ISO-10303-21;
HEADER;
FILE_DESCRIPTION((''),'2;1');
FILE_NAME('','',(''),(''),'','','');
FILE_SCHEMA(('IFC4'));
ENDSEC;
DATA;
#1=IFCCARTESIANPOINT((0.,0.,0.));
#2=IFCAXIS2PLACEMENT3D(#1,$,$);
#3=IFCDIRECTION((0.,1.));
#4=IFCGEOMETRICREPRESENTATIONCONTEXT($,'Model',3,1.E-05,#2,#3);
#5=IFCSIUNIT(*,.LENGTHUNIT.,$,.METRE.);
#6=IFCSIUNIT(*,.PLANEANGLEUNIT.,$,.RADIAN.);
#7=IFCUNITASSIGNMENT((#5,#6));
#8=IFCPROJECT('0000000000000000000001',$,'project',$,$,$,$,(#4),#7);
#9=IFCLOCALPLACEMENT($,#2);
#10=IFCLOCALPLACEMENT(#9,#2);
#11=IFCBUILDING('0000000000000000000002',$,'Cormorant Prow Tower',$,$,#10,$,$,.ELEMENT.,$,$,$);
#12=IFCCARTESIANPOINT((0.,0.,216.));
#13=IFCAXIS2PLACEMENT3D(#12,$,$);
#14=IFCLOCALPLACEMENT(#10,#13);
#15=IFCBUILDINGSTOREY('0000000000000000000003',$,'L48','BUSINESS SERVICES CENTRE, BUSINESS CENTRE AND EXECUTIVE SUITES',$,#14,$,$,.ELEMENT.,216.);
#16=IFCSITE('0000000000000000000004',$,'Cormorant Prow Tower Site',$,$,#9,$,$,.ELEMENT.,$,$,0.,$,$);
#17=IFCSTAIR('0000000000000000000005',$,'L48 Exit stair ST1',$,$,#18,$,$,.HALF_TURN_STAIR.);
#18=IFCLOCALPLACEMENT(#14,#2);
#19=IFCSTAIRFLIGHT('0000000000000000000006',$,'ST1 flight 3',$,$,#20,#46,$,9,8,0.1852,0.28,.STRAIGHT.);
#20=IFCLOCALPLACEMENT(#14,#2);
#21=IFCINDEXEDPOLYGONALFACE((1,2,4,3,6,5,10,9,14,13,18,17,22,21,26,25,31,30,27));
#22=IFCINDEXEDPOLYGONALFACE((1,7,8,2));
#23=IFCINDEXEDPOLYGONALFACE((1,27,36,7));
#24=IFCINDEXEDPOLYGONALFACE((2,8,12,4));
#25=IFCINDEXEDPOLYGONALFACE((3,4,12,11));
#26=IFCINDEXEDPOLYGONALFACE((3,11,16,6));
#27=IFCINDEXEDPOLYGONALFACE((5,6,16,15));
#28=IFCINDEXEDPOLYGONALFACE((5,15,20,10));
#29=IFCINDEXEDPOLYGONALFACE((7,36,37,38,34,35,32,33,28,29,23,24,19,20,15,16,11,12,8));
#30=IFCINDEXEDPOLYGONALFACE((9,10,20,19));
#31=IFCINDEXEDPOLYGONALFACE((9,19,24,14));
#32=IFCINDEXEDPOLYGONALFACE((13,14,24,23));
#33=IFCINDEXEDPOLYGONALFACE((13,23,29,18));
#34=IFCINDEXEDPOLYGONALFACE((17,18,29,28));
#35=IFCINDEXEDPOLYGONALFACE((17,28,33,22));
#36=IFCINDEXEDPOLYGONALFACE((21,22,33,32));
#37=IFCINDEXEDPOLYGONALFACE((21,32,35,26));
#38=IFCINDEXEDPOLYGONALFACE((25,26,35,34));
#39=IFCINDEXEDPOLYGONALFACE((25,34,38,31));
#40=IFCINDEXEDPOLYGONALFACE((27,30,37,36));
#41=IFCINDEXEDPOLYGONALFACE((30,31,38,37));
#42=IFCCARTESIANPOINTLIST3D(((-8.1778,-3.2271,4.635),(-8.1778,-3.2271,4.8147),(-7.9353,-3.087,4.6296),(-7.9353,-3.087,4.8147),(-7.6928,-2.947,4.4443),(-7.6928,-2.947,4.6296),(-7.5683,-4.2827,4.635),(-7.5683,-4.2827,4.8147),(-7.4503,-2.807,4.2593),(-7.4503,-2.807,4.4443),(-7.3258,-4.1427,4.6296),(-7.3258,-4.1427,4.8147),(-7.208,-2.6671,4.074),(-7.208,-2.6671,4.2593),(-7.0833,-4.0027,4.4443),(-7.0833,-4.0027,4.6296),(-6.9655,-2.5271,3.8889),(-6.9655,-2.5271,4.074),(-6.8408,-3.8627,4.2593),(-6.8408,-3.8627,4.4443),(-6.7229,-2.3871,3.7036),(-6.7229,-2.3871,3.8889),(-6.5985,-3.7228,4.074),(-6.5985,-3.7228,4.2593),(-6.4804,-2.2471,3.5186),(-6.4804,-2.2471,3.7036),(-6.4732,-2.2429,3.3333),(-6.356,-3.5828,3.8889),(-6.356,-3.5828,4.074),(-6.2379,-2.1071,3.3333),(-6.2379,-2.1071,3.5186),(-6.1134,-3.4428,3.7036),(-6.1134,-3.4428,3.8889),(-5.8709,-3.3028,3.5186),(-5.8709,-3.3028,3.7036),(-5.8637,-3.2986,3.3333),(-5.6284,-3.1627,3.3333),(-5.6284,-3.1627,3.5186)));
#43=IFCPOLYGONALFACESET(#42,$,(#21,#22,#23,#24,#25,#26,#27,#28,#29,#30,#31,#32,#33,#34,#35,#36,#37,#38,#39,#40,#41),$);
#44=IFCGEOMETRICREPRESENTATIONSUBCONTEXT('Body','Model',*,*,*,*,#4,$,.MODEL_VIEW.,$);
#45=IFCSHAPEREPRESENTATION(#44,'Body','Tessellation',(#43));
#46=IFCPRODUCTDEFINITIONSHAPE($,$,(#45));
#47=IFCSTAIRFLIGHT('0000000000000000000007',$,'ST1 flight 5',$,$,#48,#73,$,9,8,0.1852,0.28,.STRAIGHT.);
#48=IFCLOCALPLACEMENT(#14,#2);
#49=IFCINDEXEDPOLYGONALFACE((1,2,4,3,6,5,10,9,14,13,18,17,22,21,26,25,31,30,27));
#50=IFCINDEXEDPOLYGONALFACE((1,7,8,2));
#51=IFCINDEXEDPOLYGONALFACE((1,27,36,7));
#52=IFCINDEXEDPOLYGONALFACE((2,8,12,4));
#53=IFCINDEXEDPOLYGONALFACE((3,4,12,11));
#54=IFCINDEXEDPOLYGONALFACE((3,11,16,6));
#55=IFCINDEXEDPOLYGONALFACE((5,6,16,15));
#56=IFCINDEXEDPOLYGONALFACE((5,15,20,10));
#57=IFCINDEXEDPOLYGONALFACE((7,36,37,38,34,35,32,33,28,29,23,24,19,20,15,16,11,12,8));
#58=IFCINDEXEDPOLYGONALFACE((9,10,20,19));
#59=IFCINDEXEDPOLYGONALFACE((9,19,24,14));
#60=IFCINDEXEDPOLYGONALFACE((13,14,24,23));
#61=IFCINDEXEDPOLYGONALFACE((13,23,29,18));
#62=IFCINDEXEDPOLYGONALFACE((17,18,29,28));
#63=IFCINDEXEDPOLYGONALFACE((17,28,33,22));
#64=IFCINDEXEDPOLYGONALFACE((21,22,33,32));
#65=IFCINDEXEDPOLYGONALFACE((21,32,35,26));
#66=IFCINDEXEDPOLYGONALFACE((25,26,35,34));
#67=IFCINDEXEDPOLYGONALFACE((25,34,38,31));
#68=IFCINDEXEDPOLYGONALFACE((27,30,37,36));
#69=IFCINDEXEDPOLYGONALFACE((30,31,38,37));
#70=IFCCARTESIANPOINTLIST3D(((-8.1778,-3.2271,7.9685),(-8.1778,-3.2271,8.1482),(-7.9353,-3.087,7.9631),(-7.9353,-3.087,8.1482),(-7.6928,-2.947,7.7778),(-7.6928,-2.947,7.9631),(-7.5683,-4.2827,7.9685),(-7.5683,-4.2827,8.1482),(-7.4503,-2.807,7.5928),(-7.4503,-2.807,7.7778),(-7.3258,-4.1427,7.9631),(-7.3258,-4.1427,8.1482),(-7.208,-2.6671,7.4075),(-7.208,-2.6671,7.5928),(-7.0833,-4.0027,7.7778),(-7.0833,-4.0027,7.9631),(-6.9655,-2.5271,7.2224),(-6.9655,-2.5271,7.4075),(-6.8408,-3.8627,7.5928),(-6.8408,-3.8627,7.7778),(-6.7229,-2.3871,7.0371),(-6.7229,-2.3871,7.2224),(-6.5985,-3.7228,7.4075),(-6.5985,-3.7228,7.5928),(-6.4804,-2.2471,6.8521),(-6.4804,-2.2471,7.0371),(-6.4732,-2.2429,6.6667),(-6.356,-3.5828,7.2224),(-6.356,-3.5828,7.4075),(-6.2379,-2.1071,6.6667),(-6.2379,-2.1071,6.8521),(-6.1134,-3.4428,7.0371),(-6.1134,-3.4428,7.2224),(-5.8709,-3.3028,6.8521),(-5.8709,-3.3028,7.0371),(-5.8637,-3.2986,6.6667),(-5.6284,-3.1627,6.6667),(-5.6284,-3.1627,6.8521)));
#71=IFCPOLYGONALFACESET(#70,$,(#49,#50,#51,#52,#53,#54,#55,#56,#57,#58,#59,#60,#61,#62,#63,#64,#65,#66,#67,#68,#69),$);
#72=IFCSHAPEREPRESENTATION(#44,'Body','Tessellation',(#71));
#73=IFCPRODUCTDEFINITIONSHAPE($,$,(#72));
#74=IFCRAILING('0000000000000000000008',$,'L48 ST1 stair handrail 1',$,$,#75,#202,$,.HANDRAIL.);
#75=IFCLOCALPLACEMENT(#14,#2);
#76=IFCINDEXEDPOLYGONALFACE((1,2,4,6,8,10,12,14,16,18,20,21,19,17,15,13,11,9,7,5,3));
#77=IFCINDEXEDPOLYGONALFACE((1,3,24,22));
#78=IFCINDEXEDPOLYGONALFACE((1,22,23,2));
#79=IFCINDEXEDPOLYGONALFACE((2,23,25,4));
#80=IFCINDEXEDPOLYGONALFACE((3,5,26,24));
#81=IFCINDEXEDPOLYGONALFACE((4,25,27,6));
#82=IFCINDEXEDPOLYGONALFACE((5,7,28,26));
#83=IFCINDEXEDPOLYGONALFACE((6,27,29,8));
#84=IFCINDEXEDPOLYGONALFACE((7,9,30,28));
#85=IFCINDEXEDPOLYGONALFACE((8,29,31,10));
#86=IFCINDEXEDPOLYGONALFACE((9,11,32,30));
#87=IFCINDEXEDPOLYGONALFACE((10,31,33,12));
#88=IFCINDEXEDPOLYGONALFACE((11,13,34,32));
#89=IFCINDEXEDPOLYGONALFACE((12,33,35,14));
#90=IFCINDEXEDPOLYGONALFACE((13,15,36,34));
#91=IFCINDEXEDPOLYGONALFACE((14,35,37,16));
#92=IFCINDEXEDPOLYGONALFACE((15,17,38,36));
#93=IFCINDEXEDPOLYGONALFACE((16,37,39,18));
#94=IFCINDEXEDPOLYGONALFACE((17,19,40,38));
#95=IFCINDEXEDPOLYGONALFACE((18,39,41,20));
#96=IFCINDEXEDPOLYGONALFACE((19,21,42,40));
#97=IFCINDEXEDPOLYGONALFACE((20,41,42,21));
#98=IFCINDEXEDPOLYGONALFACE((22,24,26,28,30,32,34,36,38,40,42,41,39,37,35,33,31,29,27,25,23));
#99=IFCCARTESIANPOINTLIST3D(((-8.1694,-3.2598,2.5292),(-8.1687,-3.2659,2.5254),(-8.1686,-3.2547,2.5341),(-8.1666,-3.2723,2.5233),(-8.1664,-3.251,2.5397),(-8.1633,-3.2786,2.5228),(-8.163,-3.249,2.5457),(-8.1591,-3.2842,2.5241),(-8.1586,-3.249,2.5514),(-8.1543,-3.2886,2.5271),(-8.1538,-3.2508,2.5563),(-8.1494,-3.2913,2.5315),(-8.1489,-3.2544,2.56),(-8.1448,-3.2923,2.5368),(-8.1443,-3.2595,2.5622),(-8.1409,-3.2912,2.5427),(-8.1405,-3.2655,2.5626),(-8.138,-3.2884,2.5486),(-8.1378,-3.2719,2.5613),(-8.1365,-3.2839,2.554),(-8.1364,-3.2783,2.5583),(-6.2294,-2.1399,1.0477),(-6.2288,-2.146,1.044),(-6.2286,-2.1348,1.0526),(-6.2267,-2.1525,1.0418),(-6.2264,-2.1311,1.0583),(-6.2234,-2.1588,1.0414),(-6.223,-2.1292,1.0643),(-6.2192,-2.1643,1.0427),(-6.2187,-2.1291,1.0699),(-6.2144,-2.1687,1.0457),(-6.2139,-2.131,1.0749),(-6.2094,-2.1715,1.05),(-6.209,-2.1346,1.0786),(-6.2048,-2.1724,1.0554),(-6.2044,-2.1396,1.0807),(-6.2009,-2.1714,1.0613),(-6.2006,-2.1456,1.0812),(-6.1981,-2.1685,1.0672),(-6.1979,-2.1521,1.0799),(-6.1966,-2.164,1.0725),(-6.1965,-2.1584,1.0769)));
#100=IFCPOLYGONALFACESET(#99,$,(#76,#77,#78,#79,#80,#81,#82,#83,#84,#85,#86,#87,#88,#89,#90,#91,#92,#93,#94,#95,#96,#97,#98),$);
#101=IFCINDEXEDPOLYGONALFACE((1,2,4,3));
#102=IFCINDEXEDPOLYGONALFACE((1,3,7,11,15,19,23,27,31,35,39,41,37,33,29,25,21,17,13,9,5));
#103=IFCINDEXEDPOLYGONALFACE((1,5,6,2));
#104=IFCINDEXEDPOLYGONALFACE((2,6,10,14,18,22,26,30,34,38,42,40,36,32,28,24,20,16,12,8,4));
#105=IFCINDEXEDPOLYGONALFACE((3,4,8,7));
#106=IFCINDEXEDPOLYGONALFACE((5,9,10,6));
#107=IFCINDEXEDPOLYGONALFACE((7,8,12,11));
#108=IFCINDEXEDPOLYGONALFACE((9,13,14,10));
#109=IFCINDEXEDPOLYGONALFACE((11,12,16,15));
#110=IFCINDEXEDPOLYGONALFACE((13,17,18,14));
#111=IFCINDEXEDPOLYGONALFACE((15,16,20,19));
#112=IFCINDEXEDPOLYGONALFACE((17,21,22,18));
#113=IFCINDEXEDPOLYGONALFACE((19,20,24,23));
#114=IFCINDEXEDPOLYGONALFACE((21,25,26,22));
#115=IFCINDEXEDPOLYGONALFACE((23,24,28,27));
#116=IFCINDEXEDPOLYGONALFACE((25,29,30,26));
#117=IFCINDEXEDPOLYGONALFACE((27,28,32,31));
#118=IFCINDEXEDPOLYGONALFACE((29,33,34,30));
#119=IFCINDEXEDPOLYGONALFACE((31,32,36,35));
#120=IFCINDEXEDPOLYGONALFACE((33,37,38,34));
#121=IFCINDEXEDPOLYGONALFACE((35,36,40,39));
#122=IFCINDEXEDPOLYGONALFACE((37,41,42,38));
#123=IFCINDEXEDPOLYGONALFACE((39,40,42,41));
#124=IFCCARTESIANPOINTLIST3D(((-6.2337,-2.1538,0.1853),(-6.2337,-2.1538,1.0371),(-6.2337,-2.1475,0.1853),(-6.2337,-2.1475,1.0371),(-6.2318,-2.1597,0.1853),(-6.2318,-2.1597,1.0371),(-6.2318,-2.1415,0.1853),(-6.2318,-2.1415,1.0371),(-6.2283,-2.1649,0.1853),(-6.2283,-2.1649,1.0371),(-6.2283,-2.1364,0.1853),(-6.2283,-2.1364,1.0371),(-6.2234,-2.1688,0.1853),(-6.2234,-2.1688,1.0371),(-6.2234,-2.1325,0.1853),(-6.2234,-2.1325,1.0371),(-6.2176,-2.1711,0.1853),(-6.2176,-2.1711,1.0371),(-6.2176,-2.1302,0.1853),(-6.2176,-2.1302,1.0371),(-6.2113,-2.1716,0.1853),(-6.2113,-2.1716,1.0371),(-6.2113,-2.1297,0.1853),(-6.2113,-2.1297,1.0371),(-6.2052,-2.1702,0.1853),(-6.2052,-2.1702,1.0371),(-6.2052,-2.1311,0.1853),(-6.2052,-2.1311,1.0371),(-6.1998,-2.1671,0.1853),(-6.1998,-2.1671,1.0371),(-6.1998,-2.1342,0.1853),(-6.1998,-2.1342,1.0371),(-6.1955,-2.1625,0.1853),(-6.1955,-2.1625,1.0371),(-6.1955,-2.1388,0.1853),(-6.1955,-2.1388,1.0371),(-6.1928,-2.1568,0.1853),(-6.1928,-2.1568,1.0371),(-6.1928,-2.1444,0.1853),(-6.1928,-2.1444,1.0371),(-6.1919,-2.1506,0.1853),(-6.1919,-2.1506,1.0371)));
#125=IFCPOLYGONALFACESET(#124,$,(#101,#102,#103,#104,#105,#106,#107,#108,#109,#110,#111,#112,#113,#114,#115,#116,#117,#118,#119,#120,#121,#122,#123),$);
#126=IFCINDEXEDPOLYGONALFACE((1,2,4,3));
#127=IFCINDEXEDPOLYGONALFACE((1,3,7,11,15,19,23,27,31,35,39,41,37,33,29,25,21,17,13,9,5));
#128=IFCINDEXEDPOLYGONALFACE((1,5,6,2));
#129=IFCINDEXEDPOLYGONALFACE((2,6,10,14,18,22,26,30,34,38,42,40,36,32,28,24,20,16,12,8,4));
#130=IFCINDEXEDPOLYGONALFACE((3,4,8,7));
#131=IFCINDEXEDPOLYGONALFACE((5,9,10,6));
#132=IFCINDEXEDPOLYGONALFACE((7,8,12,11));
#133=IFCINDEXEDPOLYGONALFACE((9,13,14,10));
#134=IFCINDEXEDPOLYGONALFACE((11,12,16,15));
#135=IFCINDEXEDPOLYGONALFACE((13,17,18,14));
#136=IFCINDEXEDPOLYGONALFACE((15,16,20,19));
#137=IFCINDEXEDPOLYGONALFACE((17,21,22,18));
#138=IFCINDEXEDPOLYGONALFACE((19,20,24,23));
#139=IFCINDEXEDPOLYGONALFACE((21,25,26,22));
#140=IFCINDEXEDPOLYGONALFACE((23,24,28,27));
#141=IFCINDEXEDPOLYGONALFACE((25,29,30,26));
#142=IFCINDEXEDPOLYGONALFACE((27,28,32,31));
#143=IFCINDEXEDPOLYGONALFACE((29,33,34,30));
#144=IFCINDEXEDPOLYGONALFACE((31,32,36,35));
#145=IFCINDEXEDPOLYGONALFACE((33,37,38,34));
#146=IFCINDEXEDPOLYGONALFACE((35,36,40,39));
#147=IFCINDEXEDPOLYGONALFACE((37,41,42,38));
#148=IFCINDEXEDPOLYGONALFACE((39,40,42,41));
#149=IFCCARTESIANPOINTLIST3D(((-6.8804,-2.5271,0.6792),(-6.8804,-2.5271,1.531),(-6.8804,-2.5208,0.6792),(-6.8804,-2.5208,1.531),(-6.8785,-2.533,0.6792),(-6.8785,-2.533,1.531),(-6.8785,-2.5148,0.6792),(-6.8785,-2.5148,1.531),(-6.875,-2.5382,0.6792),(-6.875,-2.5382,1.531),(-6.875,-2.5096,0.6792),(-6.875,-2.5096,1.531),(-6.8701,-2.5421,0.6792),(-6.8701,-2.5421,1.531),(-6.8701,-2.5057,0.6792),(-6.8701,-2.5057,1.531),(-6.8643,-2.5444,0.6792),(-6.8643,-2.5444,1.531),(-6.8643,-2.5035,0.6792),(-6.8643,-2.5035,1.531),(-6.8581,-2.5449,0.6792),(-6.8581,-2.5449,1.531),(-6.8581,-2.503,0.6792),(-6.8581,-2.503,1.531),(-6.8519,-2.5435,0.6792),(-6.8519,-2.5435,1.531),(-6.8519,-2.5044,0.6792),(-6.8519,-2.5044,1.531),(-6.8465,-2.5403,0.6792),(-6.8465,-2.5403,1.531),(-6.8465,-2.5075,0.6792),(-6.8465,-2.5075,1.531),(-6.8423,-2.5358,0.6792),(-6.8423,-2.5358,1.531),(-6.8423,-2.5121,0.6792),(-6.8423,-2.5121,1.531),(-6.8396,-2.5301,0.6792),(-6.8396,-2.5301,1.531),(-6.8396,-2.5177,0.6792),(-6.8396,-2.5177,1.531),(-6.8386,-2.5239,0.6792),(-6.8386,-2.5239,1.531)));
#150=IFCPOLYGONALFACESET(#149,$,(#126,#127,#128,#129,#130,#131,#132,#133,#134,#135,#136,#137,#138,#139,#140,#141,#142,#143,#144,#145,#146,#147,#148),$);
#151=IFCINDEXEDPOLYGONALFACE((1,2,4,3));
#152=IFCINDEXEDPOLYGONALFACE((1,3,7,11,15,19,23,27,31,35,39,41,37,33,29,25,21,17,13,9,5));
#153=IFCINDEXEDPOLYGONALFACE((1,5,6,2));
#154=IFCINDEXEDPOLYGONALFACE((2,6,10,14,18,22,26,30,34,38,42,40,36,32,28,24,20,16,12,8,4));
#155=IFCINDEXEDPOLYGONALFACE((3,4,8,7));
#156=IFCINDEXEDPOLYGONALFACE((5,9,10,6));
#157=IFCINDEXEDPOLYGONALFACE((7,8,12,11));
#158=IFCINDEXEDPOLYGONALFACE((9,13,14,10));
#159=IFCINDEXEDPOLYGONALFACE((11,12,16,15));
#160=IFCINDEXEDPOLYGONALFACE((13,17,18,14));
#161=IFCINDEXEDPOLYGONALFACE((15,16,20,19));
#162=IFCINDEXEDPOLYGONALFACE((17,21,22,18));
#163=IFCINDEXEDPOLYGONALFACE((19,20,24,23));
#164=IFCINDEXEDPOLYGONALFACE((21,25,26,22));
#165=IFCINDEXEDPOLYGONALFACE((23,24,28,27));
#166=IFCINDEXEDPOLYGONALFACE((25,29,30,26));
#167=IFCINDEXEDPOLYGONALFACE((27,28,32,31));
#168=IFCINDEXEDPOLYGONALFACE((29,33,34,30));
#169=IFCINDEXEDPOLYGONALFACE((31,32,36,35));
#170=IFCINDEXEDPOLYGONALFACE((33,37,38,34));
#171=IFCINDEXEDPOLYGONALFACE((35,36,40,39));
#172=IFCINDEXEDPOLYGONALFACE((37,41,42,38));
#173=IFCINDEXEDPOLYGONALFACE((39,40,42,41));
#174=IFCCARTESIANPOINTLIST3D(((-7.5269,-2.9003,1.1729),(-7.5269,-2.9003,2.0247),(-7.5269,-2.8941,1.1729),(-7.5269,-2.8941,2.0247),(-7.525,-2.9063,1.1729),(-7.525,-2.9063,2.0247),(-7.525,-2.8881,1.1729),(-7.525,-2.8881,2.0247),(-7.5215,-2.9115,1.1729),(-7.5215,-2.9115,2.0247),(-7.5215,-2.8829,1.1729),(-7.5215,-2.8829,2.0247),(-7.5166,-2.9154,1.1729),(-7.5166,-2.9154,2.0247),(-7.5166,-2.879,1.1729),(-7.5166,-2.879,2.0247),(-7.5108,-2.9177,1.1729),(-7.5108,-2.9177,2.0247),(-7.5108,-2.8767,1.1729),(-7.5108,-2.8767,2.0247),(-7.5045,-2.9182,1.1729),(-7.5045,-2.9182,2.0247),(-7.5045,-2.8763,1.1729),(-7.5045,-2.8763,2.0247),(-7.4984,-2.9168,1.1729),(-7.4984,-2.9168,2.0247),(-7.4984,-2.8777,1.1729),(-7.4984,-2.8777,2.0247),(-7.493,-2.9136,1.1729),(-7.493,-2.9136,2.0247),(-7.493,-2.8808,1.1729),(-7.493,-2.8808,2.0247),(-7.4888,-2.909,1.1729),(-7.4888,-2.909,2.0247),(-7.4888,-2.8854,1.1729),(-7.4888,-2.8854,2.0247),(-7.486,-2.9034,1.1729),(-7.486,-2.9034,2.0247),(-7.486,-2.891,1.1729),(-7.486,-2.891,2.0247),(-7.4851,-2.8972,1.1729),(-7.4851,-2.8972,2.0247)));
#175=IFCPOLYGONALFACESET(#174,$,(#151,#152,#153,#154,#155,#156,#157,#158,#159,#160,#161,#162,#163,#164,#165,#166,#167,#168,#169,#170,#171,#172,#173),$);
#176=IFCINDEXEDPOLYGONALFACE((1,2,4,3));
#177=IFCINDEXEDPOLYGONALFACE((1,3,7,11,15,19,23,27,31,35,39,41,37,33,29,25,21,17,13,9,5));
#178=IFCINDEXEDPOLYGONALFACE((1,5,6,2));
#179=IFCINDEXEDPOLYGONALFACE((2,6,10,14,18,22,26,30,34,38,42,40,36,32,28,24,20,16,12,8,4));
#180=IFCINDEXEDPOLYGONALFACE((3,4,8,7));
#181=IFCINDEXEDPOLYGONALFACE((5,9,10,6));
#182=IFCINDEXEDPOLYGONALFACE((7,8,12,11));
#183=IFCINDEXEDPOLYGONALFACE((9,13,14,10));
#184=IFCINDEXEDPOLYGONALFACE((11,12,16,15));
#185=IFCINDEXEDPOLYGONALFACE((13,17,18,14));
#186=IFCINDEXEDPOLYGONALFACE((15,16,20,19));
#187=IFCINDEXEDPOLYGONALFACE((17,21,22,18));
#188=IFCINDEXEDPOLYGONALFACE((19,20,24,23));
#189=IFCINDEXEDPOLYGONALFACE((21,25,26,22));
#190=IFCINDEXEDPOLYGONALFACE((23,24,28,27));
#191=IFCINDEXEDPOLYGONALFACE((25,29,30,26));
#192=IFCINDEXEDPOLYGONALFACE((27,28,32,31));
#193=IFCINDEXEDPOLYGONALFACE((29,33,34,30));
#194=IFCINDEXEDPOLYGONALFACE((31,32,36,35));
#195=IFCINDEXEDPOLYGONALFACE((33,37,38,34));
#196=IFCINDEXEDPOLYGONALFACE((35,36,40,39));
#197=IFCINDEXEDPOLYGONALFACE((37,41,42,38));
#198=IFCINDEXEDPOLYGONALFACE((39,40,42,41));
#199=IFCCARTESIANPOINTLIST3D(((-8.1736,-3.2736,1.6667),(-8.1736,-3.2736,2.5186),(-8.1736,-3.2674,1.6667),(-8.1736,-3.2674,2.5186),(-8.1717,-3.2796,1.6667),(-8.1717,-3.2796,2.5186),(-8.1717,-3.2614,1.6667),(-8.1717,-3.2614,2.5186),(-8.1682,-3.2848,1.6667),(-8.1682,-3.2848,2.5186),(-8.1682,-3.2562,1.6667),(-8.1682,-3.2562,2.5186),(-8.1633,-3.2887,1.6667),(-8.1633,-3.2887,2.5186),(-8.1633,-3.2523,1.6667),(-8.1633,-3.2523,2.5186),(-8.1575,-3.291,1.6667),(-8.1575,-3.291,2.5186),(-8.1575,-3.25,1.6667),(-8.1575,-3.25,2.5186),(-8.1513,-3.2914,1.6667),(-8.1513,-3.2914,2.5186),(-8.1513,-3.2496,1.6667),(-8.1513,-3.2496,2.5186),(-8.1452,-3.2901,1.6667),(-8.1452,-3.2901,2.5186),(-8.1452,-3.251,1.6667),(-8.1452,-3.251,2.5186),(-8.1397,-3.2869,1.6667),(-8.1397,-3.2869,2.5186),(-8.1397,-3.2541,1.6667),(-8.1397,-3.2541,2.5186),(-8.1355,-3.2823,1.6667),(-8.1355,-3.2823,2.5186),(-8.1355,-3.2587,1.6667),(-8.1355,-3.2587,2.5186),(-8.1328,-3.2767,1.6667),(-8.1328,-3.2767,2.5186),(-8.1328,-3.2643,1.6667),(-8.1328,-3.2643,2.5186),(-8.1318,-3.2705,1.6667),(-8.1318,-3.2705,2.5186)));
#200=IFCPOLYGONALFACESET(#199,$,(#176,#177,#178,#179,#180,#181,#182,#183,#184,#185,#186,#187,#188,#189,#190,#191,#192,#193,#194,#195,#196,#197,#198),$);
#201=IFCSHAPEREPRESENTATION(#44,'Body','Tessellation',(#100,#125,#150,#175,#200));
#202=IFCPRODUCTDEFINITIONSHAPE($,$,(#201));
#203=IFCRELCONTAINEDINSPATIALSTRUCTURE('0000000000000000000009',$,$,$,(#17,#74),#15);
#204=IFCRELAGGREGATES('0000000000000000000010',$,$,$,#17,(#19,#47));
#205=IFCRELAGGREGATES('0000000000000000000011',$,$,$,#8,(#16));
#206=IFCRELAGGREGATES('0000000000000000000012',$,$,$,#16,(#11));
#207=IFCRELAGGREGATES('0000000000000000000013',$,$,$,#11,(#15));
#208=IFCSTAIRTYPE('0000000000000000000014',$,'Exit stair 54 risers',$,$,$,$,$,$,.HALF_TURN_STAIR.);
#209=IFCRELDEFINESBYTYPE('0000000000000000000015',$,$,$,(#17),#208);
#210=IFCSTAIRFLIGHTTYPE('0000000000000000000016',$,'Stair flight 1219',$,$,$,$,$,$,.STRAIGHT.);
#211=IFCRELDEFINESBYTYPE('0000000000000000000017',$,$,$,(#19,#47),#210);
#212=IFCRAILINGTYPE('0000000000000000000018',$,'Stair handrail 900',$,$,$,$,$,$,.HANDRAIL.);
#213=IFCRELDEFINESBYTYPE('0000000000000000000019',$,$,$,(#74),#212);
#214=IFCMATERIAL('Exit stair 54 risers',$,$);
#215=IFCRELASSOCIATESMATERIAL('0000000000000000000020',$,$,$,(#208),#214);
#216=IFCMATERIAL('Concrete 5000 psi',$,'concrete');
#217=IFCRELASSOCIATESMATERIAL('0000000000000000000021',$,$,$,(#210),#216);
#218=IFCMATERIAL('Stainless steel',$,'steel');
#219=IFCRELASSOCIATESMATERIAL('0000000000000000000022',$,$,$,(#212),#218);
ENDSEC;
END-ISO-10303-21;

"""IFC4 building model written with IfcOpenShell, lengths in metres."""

from ifc_helpers import new_model, si_unit, direction, frame, origin, origin_2d, place, context, subcontext, project, spatial, polyline, circle, outline, extrude, material, type_object, element, aggregate, save


model = new_model("IFC4")

# Units and contexts
model_context = context("Model", 3, precision=1e-05, world=origin(), true_north=direction((0.0, 1.0)))
body_context = subcontext(model_context, "Body", "Model", "MODEL_VIEW")
ifc_project = project(units=[si_unit("LENGTHUNIT", "METRE"), si_unit("PLANEANGLEUNIT", "RADIAN")], contexts=[model_context])

# Site, building, storey
site_placement = place(None, origin())
site = spatial("IfcSite", under=ifc_project, at=site_placement, Name="Cormorant Prow Tower Site", CompositionType="ELEMENT", RefElevation=0.0)
building_placement = place(site_placement, origin())
building = spatial("IfcBuilding", under=site, at=building_placement, Name="Cormorant Prow Tower", CompositionType="ELEMENT")
storey_placement = place(building_placement, frame((0.0, 0.0, 216.0)))
storey = spatial("IfcBuildingStorey", under=building, at=storey_placement, Name="L48", Description="BUSINESS SERVICES CENTRE, BUSINESS CENTRE AND EXECUTIVE SUITES", CompositionType="ELEMENT", Elevation=216.0)

# Stair, stair flights
ifc_material_1 = material(Name="Exit stair 54 risers")
stair_type = type_object("IfcStairType", Name="Exit stair 54 risers", PredefinedType="HALF_TURN_STAIR", material=ifc_material_1)
stair_placement = place(storey_placement, origin())
stair = element("IfcStair", 1, at=stair_placement, inside=storey, type_object=stair_type, Name="L48 Exit stair ST1", PredefinedType="HALF_TURN_STAIR")
ifc_material_2 = material(Name="Concrete 5000 psi", Category="concrete")
stair_flight_type = type_object("IfcStairFlightType", Name="Stair flight 1219", PredefinedType="STRAIGHT", material=ifc_material_2)
stair_flight_1_placement = place(storey_placement, frame((-5.9331, -2.635, 3.3333), z_axis=(0.0, 0.0, 1.0), x_axis=(-0.866025, -0.5, 0.0)))
stair_flight_1 = element("IfcStairFlight", 2, at=stair_flight_1_placement, type_object=stair_flight_type, Name="ST1 flight 3", NumberOfRisers=9, NumberOfTreads=8, PredefinedType="STRAIGHT", RiserHeight=0.1852, TreadLength=0.28, context=body_context, shape_type="SweptSolid", body=[
    extrude(outline(polyline([(0.0, 0.0), (0.0, 0.1853), (0.28, 0.1853), (0.28, 0.3704), (0.5601, 0.3704), (0.5601, 0.5557), (0.8401, 0.5557), (0.8401, 0.7407), (1.1201, 0.7407), (1.1201, 0.926), (1.3999, 0.926), (1.3999, 1.1111), (1.6799, 1.1111), (1.6799, 1.2964), (1.96, 1.2964), (1.96, 1.4814), (2.24, 1.4814), (2.24, 1.6667), (2.24, 1.3018), (0.2717, 0.0), (0.0, 0.0)])), frame((0.0, 0.6094, 0.0), z_axis=(0.0, -1.0, 0.0), x_axis=(1.0, 0.0, 0.0)), (0.0, 0.0, 1.0), 1.219),
])
stair_flight_2_placement = place(storey_placement, frame((-5.9331, -2.635, 6.6667), z_axis=(0.0, 0.0, 1.0), x_axis=(-0.866025, -0.5, 0.0)))
stair_flight_2 = element("IfcStairFlight", 3, at=stair_flight_2_placement, type_object=stair_flight_type, Name="ST1 flight 5", NumberOfRisers=9, NumberOfTreads=8, PredefinedType="STRAIGHT", RiserHeight=0.1852, TreadLength=0.28, context=body_context, shape_type="SweptSolid", body=[
    extrude(outline(polyline([(0.0, 0.0), (0.0, 0.1853), (0.28, 0.1853), (0.28, 0.3704), (0.5601, 0.3704), (0.5601, 0.5557), (0.8401, 0.5557), (0.8401, 0.7407), (1.1201, 0.7407), (1.1201, 0.926), (1.3999, 0.926), (1.3999, 1.1111), (1.6799, 1.1111), (1.6799, 1.2964), (1.96, 1.2964), (1.96, 1.4814), (2.24, 1.4814), (2.24, 1.6667), (2.24, 1.3018), (0.2717, 0.0), (0.0, 0.0)])), frame((0.0, 0.6094, 0.0), z_axis=(0.0, -1.0, 0.0), x_axis=(1.0, 0.0, 0.0)), (0.0, 0.0, 1.0), 1.219),
])
aggregate(stair, [stair_flight_1, stair_flight_2])

# Railing
ifc_material_3 = material(Name="Stainless steel", Category="steel")
railing_type_1 = type_object("IfcRailingType", Name="Stair handrail 900", PredefinedType="HANDRAIL", material=ifc_material_3)
for number, where, name in (
    (4, (-6.2129, -2.1506, 0.1853), "L48 ST1 stair handrail 1"),
):
    element("IfcRailing", number, at=place(storey_placement, frame(where)), inside=storey, type_object=railing_type_1, Name=name, PredefinedType="HANDRAIL", context=body_context, shape_type="SweptSolid", body=[
        extrude(circle(Radius=0.0239, at=origin_2d()), frame((0.0, 0.0, 0.876), z_axis=(-0.722363, -0.417, 0.551636), x_axis=(0.499949, -0.866055, 0.0)), (0.0, 0.0, 1.0), 2.6855),
        extrude(circle(Radius=0.021, at=origin_2d()), origin(), (0.0, 0.0, 1.0), 0.8518),
        extrude(circle(Radius=0.021, at=origin_2d()), frame((-0.6467, -0.3733, 0.4939)), (0.0, 0.0, 1.0), 0.8518),
        extrude(circle(Radius=0.021, at=origin_2d()), frame((-1.2932, -0.7466, 0.9875)), (0.0, 0.0, 1.0), 0.8518),
        extrude(circle(Radius=0.021, at=origin_2d()), frame((-1.9399, -1.1199, 1.4814)), (0.0, 0.0, 1.0), 0.8518),
    ])

save(model, "model.ifc")
